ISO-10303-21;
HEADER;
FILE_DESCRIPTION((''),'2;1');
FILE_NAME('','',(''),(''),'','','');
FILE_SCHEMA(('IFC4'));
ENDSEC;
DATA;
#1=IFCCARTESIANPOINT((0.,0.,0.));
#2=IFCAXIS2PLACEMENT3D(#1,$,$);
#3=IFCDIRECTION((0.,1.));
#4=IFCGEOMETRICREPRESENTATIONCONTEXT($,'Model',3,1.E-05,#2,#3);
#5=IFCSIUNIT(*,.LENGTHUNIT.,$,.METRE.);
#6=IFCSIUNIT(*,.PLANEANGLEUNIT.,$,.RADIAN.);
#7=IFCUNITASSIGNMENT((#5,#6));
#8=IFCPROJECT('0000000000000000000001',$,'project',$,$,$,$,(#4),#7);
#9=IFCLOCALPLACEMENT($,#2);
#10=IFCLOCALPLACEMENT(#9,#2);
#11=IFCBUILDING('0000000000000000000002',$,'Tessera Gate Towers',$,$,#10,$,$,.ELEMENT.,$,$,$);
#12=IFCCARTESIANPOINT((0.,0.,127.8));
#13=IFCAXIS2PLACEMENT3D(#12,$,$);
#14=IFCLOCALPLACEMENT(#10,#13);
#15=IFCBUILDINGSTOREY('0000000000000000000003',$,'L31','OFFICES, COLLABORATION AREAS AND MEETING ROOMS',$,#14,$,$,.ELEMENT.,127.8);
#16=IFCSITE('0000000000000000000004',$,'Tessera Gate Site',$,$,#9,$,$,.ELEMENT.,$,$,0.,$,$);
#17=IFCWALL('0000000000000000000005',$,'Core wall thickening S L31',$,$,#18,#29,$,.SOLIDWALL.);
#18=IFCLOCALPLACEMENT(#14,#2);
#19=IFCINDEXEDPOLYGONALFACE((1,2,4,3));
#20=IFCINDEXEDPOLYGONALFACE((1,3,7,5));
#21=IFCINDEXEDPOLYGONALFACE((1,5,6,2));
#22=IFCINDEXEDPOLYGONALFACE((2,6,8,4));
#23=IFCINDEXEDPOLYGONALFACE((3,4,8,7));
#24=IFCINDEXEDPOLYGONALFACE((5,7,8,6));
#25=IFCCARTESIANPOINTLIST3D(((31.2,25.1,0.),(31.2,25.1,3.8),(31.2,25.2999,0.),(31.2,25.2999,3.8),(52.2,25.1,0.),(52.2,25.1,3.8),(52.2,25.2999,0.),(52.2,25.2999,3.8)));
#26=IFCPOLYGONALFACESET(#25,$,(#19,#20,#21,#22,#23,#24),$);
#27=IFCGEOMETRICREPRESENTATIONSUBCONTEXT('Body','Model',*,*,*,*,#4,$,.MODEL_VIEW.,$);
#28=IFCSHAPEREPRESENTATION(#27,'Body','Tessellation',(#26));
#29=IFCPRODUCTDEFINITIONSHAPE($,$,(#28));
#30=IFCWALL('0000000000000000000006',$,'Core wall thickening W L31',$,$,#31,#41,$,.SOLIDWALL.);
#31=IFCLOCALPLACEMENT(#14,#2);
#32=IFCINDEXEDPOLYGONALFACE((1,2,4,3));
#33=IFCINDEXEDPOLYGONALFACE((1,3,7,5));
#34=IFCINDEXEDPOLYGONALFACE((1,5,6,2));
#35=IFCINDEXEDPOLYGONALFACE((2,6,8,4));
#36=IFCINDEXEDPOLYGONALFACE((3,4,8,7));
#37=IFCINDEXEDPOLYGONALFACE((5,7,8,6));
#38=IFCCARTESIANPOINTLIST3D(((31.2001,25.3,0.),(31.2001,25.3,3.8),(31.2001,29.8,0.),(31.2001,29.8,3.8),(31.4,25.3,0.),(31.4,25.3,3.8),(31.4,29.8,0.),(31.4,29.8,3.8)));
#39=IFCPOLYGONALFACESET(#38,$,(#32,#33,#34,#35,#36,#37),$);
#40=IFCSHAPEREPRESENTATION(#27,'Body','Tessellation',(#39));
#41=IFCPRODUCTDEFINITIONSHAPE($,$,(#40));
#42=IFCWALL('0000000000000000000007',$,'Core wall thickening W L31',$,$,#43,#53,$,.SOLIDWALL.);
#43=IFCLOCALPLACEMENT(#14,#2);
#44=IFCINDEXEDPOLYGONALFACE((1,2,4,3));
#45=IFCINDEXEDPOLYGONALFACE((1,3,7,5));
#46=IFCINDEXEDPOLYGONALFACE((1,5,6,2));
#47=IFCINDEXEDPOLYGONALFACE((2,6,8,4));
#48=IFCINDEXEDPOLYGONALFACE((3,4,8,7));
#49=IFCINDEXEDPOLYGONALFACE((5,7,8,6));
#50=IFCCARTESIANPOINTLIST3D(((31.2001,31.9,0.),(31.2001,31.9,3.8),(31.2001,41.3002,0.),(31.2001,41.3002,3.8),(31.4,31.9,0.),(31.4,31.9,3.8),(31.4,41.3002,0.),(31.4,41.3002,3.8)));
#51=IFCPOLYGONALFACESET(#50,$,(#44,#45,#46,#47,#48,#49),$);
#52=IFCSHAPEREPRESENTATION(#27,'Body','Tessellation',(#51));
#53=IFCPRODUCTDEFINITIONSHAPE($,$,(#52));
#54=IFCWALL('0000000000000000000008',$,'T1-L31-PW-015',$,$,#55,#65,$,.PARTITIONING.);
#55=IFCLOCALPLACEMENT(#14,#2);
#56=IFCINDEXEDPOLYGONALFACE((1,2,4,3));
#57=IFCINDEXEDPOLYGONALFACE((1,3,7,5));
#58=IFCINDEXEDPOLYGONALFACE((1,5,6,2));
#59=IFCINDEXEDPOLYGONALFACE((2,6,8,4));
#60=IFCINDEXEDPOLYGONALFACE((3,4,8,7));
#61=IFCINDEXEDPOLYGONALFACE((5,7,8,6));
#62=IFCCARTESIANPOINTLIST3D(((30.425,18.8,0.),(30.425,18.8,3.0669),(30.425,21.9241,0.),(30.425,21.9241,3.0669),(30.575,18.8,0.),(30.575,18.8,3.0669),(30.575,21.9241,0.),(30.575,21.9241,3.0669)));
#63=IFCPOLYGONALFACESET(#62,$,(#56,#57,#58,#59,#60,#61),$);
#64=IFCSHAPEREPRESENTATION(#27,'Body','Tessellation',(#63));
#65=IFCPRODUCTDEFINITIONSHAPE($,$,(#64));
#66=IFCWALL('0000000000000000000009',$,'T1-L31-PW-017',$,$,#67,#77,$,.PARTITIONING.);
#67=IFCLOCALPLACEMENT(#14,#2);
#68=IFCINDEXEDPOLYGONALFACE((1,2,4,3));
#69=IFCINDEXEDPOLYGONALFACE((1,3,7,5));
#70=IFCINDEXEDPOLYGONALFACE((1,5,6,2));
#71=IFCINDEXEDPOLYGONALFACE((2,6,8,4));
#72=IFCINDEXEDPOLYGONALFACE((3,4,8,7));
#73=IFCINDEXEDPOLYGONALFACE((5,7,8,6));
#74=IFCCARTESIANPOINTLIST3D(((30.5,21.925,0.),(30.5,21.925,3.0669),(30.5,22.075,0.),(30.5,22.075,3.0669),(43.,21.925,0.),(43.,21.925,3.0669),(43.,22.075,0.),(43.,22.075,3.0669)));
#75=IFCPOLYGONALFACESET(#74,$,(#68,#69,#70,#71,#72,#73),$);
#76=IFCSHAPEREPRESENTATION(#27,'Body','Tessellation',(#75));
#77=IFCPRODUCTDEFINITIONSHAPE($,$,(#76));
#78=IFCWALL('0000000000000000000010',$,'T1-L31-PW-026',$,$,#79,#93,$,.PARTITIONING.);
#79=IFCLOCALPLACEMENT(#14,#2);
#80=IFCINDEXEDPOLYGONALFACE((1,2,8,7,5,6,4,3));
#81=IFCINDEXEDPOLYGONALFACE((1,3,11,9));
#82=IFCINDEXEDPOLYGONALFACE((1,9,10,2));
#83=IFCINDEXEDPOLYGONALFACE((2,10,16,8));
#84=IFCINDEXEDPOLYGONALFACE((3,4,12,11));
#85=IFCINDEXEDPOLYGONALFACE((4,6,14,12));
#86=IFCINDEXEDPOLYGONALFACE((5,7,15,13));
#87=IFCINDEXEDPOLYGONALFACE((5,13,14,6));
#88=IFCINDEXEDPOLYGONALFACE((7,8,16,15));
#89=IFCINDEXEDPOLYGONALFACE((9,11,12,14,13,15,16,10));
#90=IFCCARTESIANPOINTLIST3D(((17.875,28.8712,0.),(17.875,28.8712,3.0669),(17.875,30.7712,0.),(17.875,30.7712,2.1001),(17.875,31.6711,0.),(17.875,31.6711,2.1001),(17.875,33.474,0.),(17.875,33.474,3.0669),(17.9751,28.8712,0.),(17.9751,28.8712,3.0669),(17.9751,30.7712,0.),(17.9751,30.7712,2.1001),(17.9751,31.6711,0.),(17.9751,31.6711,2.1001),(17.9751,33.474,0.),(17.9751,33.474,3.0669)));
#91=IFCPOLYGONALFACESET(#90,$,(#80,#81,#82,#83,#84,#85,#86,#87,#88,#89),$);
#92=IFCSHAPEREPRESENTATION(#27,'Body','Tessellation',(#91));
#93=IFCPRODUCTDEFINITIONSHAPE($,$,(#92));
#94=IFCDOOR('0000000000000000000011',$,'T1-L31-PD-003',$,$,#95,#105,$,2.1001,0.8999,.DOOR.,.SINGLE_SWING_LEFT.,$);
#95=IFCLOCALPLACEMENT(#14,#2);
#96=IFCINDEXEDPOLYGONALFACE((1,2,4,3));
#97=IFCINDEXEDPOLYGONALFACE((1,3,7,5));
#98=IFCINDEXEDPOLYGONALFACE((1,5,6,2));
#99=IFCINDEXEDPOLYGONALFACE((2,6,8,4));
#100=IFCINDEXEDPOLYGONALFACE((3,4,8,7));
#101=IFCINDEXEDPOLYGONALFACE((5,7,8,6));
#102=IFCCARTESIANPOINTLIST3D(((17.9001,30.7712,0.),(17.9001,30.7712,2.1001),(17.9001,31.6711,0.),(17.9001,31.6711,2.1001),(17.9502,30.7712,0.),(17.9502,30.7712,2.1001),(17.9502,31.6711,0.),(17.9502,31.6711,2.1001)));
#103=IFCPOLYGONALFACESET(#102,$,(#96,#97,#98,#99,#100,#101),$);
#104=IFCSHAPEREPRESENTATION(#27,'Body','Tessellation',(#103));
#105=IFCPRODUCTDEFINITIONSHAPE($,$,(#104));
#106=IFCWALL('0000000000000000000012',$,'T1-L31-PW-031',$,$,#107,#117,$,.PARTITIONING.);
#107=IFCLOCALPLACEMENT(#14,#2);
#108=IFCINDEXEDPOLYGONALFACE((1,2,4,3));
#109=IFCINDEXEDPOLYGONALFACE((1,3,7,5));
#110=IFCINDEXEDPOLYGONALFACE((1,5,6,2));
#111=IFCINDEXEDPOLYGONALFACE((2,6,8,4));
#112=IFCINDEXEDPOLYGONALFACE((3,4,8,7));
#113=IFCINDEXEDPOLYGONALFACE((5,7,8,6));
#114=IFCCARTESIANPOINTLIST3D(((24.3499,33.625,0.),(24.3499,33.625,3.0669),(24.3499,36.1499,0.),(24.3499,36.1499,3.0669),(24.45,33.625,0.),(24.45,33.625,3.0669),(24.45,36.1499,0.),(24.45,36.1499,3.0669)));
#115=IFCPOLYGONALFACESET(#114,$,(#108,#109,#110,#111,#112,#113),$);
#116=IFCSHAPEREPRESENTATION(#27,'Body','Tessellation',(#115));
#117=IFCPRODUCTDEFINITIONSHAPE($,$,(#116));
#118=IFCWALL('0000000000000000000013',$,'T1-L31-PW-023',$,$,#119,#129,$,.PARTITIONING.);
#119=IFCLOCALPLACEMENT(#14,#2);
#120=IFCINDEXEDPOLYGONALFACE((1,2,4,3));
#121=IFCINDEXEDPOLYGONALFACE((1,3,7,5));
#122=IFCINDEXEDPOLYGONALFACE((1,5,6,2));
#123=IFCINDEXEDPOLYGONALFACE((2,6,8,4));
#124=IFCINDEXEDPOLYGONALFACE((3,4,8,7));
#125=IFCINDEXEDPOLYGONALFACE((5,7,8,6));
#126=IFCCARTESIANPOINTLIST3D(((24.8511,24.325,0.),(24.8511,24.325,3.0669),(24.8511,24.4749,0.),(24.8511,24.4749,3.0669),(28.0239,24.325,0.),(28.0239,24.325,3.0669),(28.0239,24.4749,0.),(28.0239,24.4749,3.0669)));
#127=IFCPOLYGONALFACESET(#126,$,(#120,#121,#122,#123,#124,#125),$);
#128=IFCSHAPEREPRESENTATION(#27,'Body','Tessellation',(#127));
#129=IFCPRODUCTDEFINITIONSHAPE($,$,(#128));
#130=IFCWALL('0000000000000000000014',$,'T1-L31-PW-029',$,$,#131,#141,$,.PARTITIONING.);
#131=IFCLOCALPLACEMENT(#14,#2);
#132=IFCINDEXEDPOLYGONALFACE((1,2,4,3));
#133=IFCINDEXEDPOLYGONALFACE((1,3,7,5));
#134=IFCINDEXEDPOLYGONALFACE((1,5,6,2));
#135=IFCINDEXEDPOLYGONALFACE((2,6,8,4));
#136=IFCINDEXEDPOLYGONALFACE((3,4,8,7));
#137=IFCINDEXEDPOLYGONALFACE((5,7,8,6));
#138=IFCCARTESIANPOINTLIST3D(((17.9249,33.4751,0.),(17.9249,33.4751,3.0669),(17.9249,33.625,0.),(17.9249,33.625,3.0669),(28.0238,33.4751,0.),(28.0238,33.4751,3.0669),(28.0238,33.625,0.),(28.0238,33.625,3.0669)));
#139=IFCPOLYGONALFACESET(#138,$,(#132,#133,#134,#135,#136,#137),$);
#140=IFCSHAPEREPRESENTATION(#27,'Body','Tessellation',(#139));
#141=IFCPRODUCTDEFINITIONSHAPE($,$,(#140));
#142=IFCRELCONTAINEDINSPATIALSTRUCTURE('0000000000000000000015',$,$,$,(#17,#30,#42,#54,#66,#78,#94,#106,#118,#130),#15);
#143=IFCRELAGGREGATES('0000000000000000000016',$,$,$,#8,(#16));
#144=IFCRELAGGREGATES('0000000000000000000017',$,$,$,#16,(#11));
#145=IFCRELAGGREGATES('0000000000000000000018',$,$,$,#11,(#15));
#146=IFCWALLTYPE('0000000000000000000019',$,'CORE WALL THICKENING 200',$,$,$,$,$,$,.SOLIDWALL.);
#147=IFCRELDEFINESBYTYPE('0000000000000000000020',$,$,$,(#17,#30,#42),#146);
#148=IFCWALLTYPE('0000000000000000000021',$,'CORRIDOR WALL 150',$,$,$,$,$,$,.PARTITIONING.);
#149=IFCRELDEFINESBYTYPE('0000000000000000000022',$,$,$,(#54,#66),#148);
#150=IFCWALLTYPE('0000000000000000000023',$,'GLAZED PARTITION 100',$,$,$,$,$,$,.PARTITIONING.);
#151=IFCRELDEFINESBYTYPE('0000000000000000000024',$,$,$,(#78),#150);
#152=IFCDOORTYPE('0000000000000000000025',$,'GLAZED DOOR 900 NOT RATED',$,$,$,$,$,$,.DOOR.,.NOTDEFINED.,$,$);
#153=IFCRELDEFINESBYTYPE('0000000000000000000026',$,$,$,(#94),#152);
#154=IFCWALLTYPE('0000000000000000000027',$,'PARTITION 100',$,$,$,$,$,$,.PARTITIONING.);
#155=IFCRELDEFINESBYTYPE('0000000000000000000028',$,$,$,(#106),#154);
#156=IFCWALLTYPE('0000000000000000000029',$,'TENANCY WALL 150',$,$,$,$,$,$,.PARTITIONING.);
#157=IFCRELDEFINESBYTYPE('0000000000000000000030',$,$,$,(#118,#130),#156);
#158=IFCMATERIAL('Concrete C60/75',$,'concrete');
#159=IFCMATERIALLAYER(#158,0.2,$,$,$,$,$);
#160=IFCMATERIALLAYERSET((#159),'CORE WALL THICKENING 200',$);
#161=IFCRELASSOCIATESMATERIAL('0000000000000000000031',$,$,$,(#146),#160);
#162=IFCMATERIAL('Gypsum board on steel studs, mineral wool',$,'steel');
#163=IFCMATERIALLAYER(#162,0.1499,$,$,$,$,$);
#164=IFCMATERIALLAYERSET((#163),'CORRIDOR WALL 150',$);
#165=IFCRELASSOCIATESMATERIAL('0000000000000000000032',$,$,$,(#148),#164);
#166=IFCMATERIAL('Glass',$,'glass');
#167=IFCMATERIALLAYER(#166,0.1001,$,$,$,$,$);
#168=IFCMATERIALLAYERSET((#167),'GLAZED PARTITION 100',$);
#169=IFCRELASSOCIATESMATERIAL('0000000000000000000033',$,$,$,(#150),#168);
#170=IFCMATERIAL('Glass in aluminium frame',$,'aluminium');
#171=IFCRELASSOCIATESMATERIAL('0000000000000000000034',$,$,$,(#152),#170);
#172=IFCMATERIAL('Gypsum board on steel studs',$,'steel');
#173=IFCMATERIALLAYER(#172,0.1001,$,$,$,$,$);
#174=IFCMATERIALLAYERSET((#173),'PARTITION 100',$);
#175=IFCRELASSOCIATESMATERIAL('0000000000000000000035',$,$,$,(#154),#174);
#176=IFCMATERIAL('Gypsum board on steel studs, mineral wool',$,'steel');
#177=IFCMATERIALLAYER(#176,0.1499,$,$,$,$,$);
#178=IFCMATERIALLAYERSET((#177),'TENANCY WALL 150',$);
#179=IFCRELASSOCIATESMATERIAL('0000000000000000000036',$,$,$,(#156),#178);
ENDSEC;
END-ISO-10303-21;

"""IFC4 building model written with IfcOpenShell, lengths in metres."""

from ifc_helpers import new_model, si_unit, direction, frame, frame_2d, origin, place, context, subcontext, project, spatial, rectangle, extrude, source, transform, mapped, material, layer, layer_set, type_object, element, fill, save


model = new_model("IFC4")

# Units and contexts
model_context = context("Model", 3, precision=1e-05, world=origin(), true_north=direction((0.0, 1.0)))
body_context = subcontext(model_context, "Body", "Model", "MODEL_VIEW")
ifc_project = project(units=[si_unit("LENGTHUNIT", "METRE"), si_unit("PLANEANGLEUNIT", "RADIAN")], contexts=[model_context])

# Site, building, storey
site_placement = place(None, origin())
site = spatial("IfcSite", under=ifc_project, at=site_placement, Name="Tessera Gate Site", CompositionType="ELEMENT", RefElevation=0.0)
building_placement = place(site_placement, origin())
building = spatial("IfcBuilding", under=site, at=building_placement, Name="Tessera Gate Towers", CompositionType="ELEMENT")
storey_placement = place(building_placement, frame((0.0, 0.0, 127.8)))
storey = spatial("IfcBuildingStorey", under=building, at=storey_placement, Name="L31", Description="OFFICES, COLLABORATION AREAS AND MEETING ROOMS", CompositionType="ELEMENT", Elevation=127.8)

# Shared definitions
shared_shape_1 = source(origin(), body_context, "Body", "SweptSolid", [
    extrude(rectangle(XDim=0.8999, YDim=2.1001, at=frame_2d((0.45, 1.05))), frame((0.0, 0.0249, 0.0), z_axis=(0.0, -1.0, 0.0), x_axis=(1.0, 0.0, 0.0)), (0.0, 0.0, 1.0), 0.05),
])

# Walls
ifc_material_1 = material(Name="Concrete C60/75", Category="concrete")
ifc_layer_1 = layer(ifc_material_1, 0.2)
ifc_layer_set_1 = layer_set([ifc_layer_1], Name="CORE WALL THICKENING 200")
wall_type_1 = type_object("IfcWallType", Name="CORE WALL THICKENING 200", PredefinedType="SOLIDWALL", material=ifc_layer_set_1)
wall_1_placement = place(storey_placement, frame((31.2, 25.2, 0.0), z_axis=(0.0, 0.0, 1.0), x_axis=(1.0, 0.0, 0.0)))
element("IfcWall", 1, at=wall_1_placement, inside=storey, type_object=wall_type_1, Name="Core wall thickening S L31", PredefinedType="SOLIDWALL", context=body_context, shape_type="SweptSolid", body=[
    extrude(rectangle(XDim=21.0, YDim=0.2, at=frame_2d((10.5, 0.0))), origin(), (0.0, 0.0, 1.0), 3.8),
])
wall_2_placement = place(storey_placement, frame((31.3, 25.3, 0.0), z_axis=(0.0, 0.0, 1.0), x_axis=(0.0, 1.0, 0.0)))
element("IfcWall", 2, at=wall_2_placement, inside=storey, type_object=wall_type_1, Name="Core wall thickening W L31", PredefinedType="SOLIDWALL", context=body_context, shape_type="SweptSolid", body=[
    extrude(rectangle(XDim=4.5, YDim=0.2, at=frame_2d((2.25, 0.0))), origin(), (0.0, 0.0, 1.0), 3.8),
])
wall_3_placement = place(storey_placement, frame((31.3, 31.8999, 0.0), z_axis=(0.0, 0.0, 1.0), x_axis=(0.0, 1.0, 0.0)))
element("IfcWall", 3, at=wall_3_placement, inside=storey, type_object=wall_type_1, Name="Core wall thickening W L31", PredefinedType="SOLIDWALL", context=body_context, shape_type="SweptSolid", body=[
    extrude(rectangle(XDim=9.4001, YDim=0.2, at=frame_2d((4.7002, 0.0))), origin(), (0.0, 0.0, 1.0), 3.8),
])
ifc_material_2 = material(Name="Gypsum board on steel studs, mineral wool", Category="steel")
ifc_layer_2 = layer(ifc_material_2, 0.1499)
ifc_layer_set_2 = layer_set([ifc_layer_2], Name="CORRIDOR WALL 150")
wall_type_2 = type_object("IfcWallType", Name="CORRIDOR WALL 150", PredefinedType="PARTITIONING", material=ifc_layer_set_2)
wall_4_placement = place(storey_placement, frame((30.5, 18.8, 0.0), z_axis=(0.0, 0.0, 1.0), x_axis=(0.0, 1.0, 0.0)))
element("IfcWall", 4, at=wall_4_placement, inside=storey, type_object=wall_type_2, Name="T1-L31-PW-015", PredefinedType="PARTITIONING", context=body_context, shape_type="SweptSolid", body=[
    extrude(rectangle(XDim=3.124, YDim=0.1499, at=frame_2d((1.562, 0.0))), origin(), (0.0, 0.0, 1.0), 3.0669),
])
wall_5_placement = place(storey_placement, frame((30.5, 22.0, 0.0), z_axis=(0.0, 0.0, 1.0), x_axis=(1.0, 0.0, 0.0)))
element("IfcWall", 5, at=wall_5_placement, inside=storey, type_object=wall_type_2, Name="T1-L31-PW-017", PredefinedType="PARTITIONING", context=body_context, shape_type="SweptSolid", body=[
    extrude(rectangle(XDim=12.5, YDim=0.1499, at=frame_2d((6.25, 0.0))), origin(), (0.0, 0.0, 1.0), 3.0669),
])

# Wall, opening, door
ifc_material_3 = material(Name="Glass", Category="glass")
ifc_layer_3 = layer(ifc_material_3, 0.1001)
ifc_layer_set_3 = layer_set([ifc_layer_3], Name="GLAZED PARTITION 100")
wall_type_3 = type_object("IfcWallType", Name="GLAZED PARTITION 100", PredefinedType="PARTITIONING", material=ifc_layer_set_3)
wall_6_placement = place(storey_placement, frame((17.925, 28.8713, 0.0), z_axis=(0.0, 0.0, 1.0), x_axis=(0.0, 1.0, 0.0)))
wall_6 = element("IfcWall", 6, at=wall_6_placement, inside=storey, type_object=wall_type_3, Name="T1-L31-PW-026", PredefinedType="PARTITIONING", context=body_context, shape_type="SweptSolid", body=[
    extrude(rectangle(XDim=4.6028, YDim=0.1001, at=frame_2d((2.3013, 0.0))), origin(), (0.0, 0.0, 1.0), 3.0669),
])
shared_shape_2 = source(origin(), body_context, "Body", "SweptSolid", [
    extrude(rectangle(XDim=0.8999, YDim=2.1001, at=frame_2d((0.45, 1.05))), frame((0.0, 0.0601, 0.0), z_axis=(0.0, -1.0, 0.0), x_axis=(1.0, 0.0, 0.0)), (0.0, 0.0, 1.0), 0.1201),
])
opening_1_placement = place(wall_6_placement, frame((1.8999, 0.0, 0.0)))
opening_1 = element("IfcOpeningElement", 7, at=opening_1_placement, cuts=wall_6, PredefinedType="OPENING", context=body_context, shape_type="MappedRepresentation", body=[
    mapped(shared_shape_2, transform((0.0, 0.0, 0.0), scale=1.0)),
])
ifc_material_4 = material(Name="Glass in aluminium frame", Category="aluminium")
door_type_1 = type_object("IfcDoorType", Name="GLAZED DOOR 900 NOT RATED", OperationType="NOTDEFINED", PredefinedType="DOOR", material=ifc_material_4)
door_1_placement = place(opening_1_placement, origin())
door_1 = element("IfcDoor", 8, at=door_1_placement, inside=storey, type_object=door_type_1, Name="T1-L31-PD-003", OperationType="SINGLE_SWING_LEFT", OverallHeight=2.1001, OverallWidth=0.8999, PredefinedType="DOOR", context=body_context, shape_type="MappedRepresentation", body=[
    mapped(shared_shape_1, transform((0.0, 0.0, 0.0), scale=1.0)),
])
fill(opening_1, door_1)

# Walls
ifc_material_5 = material(Name="Gypsum board on steel studs", Category="steel")
ifc_layer_4 = layer(ifc_material_5, 0.1001)
ifc_layer_set_4 = layer_set([ifc_layer_4], Name="PARTITION 100")
wall_type_4 = type_object("IfcWallType", Name="PARTITION 100", PredefinedType="PARTITIONING", material=ifc_layer_set_4)
wall_7_placement = place(storey_placement, frame((24.3999, 36.1499, 0.0), z_axis=(0.0, 0.0, 1.0), x_axis=(0.0, -1.0, 0.0)))
element("IfcWall", 9, at=wall_7_placement, inside=storey, type_object=wall_type_4, Name="T1-L31-PW-031", PredefinedType="PARTITIONING", context=body_context, shape_type="SweptSolid", body=[
    extrude(rectangle(XDim=2.5249, YDim=0.1001, at=frame_2d((1.2625, 0.0))), origin(), (0.0, 0.0, 1.0), 3.0669),
])
ifc_material_6 = material(Name="Gypsum board on steel studs, mineral wool", Category="steel")
ifc_layer_5 = layer(ifc_material_6, 0.1499)
ifc_layer_set_5 = layer_set([ifc_layer_5], Name="TENANCY WALL 150")
wall_type_5 = type_object("IfcWallType", Name="TENANCY WALL 150", PredefinedType="PARTITIONING", material=ifc_layer_set_5)
wall_8_placement = place(storey_placement, frame((24.8511, 24.3999, 0.0), z_axis=(0.0, 0.0, 1.0), x_axis=(1.0, 0.0, 0.0)))
element("IfcWall", 10, at=wall_8_placement, inside=storey, type_object=wall_type_5, Name="T1-L31-PW-023", PredefinedType="PARTITIONING", context=body_context, shape_type="SweptSolid", body=[
    extrude(rectangle(XDim=3.1729, YDim=0.1499, at=frame_2d((1.5864, 0.0))), origin(), (0.0, 0.0, 1.0), 3.0669),
])
wall_9_placement = place(storey_placement, frame((17.925, 33.55, 0.0), z_axis=(0.0, 0.0, 1.0), x_axis=(1.0, 0.0, 0.0)))
element("IfcWall", 11, at=wall_9_placement, inside=storey, type_object=wall_type_5, Name="T1-L31-PW-029", PredefinedType="PARTITIONING", context=body_context, shape_type="SweptSolid", body=[
    extrude(rectangle(XDim=10.0989, YDim=0.1499, at=frame_2d((5.0493, 0.0))), origin(), (0.0, 0.0, 1.0), 3.0669),
])

save(model, "model.ifc")
